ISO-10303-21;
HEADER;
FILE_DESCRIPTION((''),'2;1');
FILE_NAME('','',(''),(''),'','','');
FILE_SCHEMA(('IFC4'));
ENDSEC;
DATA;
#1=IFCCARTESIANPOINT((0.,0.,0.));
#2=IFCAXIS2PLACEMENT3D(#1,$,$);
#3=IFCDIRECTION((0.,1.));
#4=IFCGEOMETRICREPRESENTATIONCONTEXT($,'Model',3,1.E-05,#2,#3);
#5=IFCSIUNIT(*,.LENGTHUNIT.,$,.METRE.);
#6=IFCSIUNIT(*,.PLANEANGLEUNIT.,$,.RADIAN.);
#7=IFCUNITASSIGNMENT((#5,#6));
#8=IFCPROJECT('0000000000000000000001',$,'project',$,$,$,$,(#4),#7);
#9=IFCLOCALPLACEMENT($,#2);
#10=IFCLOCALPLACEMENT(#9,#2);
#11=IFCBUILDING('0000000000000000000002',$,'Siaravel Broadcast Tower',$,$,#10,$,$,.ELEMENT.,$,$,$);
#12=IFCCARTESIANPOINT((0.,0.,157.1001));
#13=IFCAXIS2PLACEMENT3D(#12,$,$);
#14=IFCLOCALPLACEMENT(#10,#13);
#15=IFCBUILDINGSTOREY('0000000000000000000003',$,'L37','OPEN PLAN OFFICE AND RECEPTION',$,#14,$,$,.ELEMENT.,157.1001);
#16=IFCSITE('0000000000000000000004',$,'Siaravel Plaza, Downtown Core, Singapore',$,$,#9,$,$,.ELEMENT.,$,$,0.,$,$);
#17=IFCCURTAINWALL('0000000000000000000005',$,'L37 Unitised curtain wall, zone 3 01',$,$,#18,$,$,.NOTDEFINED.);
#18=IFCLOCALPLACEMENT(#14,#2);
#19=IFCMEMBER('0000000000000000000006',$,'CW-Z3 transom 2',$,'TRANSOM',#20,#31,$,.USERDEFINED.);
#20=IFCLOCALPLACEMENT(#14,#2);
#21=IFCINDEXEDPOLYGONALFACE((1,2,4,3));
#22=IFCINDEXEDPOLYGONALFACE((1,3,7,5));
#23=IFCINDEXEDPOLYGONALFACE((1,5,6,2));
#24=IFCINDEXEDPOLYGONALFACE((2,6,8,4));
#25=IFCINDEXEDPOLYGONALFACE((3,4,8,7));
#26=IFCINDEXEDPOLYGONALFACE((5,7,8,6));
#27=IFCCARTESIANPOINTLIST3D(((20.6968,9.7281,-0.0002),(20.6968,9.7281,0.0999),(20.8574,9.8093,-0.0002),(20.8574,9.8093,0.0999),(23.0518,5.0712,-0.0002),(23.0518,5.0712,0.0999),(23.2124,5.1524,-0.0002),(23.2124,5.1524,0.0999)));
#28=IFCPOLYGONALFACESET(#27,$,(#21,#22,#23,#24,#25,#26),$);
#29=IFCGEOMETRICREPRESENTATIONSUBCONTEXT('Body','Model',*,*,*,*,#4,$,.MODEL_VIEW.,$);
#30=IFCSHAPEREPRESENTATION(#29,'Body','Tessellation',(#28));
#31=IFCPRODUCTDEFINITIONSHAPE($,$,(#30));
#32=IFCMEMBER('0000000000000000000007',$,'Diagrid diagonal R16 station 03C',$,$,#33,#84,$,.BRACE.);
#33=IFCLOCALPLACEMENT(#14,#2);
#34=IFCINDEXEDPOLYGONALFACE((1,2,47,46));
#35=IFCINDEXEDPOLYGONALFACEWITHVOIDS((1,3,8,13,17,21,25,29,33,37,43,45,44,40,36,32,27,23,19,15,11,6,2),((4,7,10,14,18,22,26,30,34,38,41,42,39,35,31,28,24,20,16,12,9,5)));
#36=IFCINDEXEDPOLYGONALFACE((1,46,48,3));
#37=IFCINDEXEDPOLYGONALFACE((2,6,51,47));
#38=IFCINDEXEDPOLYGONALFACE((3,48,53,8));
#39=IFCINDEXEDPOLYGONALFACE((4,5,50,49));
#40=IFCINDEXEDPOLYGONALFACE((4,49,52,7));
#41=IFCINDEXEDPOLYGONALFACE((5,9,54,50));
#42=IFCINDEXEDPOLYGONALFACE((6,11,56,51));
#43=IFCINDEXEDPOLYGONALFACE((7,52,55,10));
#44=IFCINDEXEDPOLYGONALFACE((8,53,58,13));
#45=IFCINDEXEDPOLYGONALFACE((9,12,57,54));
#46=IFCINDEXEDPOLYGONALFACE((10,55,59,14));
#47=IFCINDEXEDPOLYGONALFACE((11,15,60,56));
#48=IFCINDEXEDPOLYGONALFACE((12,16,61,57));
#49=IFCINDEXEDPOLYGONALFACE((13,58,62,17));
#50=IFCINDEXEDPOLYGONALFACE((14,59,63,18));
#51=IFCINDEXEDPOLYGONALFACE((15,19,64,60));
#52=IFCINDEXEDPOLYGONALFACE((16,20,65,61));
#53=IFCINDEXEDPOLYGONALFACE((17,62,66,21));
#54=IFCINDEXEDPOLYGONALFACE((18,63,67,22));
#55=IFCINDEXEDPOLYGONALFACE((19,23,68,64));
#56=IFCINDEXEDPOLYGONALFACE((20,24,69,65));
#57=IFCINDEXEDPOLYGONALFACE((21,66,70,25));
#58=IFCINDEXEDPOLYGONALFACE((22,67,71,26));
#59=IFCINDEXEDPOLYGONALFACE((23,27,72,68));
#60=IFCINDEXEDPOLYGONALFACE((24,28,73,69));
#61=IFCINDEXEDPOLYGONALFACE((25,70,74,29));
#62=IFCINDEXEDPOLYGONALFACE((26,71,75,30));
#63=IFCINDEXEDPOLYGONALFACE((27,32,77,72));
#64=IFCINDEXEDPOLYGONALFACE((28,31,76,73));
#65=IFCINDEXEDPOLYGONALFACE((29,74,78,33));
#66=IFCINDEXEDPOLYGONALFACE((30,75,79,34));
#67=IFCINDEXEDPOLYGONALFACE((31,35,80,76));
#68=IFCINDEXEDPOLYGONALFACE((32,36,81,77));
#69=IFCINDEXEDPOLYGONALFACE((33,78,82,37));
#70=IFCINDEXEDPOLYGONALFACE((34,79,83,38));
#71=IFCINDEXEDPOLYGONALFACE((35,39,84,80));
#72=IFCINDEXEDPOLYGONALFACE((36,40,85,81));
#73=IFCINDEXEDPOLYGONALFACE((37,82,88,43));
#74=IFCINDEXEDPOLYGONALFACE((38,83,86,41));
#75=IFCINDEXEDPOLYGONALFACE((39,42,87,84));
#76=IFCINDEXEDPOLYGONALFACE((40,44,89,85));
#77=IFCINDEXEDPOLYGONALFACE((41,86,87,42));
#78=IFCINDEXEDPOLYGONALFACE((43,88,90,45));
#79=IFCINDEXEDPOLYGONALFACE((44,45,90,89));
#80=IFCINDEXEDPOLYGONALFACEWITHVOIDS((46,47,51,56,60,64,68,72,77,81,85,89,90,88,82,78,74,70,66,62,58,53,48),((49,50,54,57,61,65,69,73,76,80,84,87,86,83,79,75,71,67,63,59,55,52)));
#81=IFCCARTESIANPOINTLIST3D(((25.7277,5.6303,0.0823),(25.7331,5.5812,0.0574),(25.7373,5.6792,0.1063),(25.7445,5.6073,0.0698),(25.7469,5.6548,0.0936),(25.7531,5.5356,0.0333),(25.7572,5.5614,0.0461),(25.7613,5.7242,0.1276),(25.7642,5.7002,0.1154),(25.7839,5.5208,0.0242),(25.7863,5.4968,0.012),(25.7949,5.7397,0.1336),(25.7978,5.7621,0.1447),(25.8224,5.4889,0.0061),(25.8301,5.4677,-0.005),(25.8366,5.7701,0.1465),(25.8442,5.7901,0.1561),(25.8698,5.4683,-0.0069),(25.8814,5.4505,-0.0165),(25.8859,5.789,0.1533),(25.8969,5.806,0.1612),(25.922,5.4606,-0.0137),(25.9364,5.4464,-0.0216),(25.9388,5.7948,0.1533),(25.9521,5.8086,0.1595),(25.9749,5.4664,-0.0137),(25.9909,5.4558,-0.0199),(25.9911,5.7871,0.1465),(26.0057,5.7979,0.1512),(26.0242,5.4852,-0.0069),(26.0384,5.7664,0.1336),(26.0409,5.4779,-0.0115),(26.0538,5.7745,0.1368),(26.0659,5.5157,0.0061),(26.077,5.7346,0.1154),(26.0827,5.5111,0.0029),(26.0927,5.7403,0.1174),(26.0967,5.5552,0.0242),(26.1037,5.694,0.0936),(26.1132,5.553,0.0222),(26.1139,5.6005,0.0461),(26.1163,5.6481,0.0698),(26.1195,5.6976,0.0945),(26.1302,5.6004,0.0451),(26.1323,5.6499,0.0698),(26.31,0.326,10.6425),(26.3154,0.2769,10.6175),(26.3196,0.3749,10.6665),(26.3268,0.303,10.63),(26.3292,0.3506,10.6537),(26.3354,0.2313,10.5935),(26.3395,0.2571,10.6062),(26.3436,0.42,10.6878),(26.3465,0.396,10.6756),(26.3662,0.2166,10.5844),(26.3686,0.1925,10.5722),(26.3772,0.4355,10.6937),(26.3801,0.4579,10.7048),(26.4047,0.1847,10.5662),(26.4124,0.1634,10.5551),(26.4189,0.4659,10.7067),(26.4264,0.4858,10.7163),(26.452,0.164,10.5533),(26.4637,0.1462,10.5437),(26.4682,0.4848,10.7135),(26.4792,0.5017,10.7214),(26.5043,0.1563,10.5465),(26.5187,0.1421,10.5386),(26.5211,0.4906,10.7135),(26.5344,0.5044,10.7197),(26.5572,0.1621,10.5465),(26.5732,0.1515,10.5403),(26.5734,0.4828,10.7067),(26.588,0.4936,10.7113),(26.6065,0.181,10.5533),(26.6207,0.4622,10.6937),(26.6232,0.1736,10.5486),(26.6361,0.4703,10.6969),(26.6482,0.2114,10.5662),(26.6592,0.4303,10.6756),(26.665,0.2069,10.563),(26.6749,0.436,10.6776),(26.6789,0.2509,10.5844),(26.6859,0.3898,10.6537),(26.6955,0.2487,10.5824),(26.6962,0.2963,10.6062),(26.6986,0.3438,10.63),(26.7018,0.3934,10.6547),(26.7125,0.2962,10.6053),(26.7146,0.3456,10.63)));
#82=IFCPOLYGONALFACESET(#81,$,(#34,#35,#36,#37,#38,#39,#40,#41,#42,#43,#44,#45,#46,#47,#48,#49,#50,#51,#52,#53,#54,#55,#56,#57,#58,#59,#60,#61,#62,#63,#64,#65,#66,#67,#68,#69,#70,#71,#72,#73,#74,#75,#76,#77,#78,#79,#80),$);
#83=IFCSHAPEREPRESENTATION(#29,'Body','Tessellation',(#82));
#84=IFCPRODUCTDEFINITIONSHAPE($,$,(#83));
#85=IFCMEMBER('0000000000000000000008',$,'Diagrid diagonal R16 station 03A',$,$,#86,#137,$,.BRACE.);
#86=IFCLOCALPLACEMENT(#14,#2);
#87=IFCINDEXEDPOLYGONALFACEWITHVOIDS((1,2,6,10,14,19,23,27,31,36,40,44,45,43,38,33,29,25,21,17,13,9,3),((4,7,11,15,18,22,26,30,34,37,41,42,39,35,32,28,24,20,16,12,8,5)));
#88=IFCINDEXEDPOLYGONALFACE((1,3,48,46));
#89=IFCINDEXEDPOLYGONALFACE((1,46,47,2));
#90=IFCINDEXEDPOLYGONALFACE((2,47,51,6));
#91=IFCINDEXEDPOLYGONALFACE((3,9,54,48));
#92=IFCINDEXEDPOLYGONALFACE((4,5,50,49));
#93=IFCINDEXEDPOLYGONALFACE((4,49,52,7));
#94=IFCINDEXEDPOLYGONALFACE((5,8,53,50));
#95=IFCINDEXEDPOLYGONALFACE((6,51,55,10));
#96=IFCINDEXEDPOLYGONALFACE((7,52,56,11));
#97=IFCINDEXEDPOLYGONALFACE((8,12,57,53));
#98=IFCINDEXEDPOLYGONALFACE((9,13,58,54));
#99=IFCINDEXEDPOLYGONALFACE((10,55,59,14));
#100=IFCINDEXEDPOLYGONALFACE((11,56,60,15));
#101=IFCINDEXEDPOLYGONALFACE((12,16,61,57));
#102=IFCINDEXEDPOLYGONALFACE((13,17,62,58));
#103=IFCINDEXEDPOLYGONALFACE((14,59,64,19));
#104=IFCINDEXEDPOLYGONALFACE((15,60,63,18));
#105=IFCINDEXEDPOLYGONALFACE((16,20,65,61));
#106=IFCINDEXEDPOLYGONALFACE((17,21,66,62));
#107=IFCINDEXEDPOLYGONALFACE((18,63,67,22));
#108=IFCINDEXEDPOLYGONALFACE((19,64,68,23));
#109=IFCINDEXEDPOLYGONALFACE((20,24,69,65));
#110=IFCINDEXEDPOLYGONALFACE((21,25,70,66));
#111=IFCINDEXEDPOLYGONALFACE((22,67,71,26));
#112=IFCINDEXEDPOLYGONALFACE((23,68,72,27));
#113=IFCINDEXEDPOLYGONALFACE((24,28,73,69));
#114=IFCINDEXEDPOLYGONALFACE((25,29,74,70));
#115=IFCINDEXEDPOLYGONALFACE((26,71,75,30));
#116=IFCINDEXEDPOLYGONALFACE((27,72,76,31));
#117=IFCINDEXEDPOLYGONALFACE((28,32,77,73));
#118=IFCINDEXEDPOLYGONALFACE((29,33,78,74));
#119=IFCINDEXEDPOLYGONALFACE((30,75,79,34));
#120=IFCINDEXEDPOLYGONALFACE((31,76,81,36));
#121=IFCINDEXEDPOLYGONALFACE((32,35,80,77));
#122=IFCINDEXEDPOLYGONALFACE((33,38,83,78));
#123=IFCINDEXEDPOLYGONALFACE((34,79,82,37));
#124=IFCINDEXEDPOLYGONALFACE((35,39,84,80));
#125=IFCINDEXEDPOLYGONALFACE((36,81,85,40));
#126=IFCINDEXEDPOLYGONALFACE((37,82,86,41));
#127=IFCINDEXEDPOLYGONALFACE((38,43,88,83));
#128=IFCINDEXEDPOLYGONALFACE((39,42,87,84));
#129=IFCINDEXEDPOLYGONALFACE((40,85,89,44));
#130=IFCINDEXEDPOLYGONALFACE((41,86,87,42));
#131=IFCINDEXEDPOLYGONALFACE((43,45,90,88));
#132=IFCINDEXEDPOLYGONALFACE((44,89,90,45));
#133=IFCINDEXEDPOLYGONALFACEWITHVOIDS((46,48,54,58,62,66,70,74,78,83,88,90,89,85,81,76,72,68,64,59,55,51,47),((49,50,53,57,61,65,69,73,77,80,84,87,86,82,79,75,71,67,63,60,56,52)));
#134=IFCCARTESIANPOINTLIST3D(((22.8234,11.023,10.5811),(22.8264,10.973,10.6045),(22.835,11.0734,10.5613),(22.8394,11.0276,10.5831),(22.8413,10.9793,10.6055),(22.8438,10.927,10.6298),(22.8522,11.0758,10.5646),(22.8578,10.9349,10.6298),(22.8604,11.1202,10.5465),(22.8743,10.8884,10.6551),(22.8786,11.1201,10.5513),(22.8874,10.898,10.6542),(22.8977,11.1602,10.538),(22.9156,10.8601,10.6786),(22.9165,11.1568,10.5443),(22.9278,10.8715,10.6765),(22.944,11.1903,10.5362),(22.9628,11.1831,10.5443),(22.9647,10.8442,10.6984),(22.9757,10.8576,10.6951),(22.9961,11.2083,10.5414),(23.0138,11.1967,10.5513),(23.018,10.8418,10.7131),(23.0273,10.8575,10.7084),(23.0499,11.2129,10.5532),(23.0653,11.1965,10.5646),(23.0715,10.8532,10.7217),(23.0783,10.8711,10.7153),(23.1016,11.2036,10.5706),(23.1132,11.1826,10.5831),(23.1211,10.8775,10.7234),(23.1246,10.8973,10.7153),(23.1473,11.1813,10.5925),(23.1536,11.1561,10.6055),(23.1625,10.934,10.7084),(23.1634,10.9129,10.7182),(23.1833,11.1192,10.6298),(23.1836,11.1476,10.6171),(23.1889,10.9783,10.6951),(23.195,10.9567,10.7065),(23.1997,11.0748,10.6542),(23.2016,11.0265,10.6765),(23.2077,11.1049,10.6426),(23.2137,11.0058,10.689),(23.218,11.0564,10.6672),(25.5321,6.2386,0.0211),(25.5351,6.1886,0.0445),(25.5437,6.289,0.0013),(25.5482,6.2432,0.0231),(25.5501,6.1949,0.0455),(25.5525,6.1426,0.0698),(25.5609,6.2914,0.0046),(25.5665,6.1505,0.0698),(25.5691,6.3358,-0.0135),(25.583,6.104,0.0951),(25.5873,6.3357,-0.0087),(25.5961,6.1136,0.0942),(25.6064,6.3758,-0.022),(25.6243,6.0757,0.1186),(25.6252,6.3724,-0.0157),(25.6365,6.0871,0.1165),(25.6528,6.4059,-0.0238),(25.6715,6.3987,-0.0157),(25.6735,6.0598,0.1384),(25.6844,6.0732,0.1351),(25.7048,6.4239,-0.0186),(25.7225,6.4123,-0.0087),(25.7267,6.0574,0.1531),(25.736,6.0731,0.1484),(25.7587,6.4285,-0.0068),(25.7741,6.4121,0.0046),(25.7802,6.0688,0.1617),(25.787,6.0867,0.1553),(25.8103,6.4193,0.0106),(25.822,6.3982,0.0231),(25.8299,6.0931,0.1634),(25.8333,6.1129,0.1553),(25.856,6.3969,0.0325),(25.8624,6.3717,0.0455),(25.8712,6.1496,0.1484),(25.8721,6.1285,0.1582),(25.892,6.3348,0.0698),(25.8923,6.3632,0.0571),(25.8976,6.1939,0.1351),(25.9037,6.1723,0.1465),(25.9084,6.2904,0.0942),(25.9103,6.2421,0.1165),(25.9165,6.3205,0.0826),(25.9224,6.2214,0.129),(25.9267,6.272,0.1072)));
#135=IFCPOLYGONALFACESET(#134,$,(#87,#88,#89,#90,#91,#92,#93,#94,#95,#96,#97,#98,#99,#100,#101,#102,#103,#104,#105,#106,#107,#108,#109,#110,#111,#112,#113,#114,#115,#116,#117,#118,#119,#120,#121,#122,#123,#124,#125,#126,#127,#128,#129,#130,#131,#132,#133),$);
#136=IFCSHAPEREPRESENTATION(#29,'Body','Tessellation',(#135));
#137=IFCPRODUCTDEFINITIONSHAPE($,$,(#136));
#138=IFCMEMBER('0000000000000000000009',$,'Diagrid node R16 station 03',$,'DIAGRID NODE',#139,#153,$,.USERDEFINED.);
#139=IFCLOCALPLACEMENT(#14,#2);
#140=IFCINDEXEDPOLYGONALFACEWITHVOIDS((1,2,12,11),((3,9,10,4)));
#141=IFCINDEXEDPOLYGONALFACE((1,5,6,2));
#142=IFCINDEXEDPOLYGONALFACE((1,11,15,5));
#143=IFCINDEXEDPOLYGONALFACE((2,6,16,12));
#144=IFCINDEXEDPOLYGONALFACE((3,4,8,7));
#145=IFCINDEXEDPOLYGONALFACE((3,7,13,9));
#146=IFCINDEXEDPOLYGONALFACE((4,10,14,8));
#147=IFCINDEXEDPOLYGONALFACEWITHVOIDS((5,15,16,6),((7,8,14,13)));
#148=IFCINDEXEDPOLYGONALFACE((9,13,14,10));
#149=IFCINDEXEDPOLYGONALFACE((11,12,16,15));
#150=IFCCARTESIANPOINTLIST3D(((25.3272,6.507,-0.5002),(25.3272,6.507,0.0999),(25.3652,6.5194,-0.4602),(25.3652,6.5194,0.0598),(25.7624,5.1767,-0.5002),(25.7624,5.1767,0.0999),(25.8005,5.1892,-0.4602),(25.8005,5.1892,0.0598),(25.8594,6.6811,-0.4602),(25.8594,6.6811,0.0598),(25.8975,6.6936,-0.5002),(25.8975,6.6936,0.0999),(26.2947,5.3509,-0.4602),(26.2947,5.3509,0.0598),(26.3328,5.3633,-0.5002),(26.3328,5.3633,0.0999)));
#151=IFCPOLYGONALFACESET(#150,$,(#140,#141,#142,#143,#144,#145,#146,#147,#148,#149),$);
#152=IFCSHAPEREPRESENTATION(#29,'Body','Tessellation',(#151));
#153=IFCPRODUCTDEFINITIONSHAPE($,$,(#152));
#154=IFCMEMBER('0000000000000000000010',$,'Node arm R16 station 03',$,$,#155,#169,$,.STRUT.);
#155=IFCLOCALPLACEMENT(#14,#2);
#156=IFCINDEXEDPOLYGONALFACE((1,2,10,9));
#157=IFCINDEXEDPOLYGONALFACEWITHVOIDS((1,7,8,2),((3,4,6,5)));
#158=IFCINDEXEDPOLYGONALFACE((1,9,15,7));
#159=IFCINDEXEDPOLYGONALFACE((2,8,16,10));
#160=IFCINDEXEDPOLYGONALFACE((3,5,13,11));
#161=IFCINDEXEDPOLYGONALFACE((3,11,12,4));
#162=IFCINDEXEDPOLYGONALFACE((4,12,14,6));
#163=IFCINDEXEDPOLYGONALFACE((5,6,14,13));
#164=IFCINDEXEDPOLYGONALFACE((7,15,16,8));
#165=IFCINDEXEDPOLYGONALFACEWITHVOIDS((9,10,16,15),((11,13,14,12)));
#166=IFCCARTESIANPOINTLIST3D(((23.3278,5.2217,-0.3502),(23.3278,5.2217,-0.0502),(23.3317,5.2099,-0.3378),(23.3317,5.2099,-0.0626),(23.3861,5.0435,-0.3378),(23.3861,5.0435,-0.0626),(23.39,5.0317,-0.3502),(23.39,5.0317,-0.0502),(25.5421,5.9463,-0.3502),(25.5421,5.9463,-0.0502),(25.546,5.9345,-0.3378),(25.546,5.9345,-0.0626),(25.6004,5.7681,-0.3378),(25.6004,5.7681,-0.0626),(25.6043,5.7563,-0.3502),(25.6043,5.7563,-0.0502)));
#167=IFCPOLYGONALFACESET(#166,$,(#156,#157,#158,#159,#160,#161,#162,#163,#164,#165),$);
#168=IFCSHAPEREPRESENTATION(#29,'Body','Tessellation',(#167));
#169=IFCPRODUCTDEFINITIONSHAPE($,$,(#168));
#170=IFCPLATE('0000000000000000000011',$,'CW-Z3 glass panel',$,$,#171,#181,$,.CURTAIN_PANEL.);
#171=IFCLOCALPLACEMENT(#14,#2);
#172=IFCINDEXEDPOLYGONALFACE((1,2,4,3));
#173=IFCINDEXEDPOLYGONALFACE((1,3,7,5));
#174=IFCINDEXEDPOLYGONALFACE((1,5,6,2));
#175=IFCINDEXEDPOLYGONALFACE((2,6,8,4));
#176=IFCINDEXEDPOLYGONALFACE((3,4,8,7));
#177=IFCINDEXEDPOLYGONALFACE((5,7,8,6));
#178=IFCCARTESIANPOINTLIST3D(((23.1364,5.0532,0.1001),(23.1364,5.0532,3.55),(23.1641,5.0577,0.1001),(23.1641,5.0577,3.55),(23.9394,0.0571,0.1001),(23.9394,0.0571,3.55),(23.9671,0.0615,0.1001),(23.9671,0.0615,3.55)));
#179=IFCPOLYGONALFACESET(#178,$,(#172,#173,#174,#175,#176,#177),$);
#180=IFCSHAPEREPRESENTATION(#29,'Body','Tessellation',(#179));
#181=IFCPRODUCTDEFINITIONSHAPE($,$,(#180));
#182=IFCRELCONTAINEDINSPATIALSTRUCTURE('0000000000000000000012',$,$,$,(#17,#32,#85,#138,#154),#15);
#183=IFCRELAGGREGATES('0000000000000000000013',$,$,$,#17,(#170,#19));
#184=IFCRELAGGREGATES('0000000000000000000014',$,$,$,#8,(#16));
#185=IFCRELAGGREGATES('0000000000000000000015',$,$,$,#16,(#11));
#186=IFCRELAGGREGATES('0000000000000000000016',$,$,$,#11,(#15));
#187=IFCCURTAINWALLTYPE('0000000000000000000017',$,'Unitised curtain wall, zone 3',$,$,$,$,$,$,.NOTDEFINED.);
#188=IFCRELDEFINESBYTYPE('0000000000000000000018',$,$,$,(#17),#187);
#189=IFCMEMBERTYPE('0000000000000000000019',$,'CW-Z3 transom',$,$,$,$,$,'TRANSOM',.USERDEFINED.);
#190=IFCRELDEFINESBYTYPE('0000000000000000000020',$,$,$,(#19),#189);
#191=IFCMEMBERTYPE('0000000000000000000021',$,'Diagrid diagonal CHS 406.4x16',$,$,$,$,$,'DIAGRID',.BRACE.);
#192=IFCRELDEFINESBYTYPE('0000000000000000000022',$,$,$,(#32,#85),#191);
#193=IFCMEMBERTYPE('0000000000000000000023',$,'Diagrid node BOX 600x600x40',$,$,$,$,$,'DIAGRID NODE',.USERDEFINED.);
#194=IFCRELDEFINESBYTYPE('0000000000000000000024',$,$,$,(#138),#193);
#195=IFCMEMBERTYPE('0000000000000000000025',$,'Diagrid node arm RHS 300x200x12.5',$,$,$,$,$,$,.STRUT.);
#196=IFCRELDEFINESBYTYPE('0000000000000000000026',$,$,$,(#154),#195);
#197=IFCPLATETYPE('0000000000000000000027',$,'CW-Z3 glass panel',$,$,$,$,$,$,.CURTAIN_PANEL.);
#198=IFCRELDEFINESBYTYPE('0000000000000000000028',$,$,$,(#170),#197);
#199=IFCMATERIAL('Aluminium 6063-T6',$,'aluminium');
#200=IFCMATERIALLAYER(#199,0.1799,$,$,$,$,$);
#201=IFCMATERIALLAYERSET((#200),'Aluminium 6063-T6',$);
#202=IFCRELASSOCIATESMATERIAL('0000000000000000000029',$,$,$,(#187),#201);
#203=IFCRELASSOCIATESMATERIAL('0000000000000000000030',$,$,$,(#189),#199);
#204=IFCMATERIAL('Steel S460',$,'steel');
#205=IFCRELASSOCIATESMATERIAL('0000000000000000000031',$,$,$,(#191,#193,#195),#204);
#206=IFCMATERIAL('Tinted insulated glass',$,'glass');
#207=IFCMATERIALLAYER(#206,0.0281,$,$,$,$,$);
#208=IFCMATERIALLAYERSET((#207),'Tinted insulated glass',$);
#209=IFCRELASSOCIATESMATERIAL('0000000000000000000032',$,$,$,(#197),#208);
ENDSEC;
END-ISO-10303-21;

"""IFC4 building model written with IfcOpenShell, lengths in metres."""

from ifc_helpers import new_model, si_unit, direction, frame, origin, origin_2d, place, context, subcontext, project, spatial, rectangle, hollow_rectangle, hollow_circle, extrude, material, layer, layer_set, material_profile, profile_set, type_object, element, aggregate, save


model = new_model("IFC4")

# Units and contexts
model_context = context("Model", 3, precision=1e-05, world=origin(), true_north=direction((0.0, 1.0)))
body_context = subcontext(model_context, "Body", "Model", "MODEL_VIEW")
ifc_project = project(units=[si_unit("LENGTHUNIT", "METRE"), si_unit("PLANEANGLEUNIT", "RADIAN")], contexts=[model_context])

# Site, building, storey
site_placement = place(None, origin())
site = spatial("IfcSite", under=ifc_project, at=site_placement, Name="Siaravel Plaza, Downtown Core, Singapore", CompositionType="ELEMENT", RefElevation=0.0)
building_placement = place(site_placement, origin())
building = spatial("IfcBuilding", under=site, at=building_placement, Name="Siaravel Broadcast Tower", CompositionType="ELEMENT")
storey_placement = place(building_placement, frame((0.0, 0.0, 157.1001)))
storey = spatial("IfcBuildingStorey", under=building, at=storey_placement, Name="L37", Description="OPEN PLAN OFFICE AND RECEPTION", CompositionType="ELEMENT", Elevation=157.1001)

# Curtain wall, member
ifc_material_1 = material(Name="Aluminium 6063-T6", Category="aluminium")
ifc_layer_1 = layer(ifc_material_1, 0.1799)
ifc_layer_set_1 = layer_set([ifc_layer_1], Name="Aluminium 6063-T6")
curtain_wall_type = type_object("IfcCurtainWallType", Name="Unitised curtain wall, zone 3", PredefinedType="NOTDEFINED", material=ifc_layer_set_1)
curtain_wall_placement = place(storey_placement, origin())
curtain_wall = element("IfcCurtainWall", 1, at=curtain_wall_placement, inside=storey, type_object=curtain_wall_type, Name="L37 Unitised curtain wall, zone 3 01", PredefinedType="NOTDEFINED")
ifc_material_profile_1 = material_profile(ifc_material_1, rectangle(XDim=0.1799, YDim=0.1001, at=origin_2d()))
ifc_profile_set_1 = profile_set([ifc_material_profile_1], Name="Aluminium 6063-T6")
member_type_1 = type_object("IfcMemberType", Name="CW-Z3 transom", ElementType="TRANSOM", PredefinedType="USERDEFINED", material=ifc_profile_set_1)
member_1_placement = place(storey_placement, frame((23.1321, 5.1118, 0.0498), z_axis=(-0.45127, 0.892388, 0.0), x_axis=(-0.892388, -0.45127, 0.0)))
member_1 = element("IfcMember", 2, at=member_1_placement, type_object=member_type_1, Name="CW-Z3 transom 2", ObjectType="TRANSOM", PredefinedType="USERDEFINED", context=body_context, shape_type="SweptSolid", body=[
    extrude(rectangle(XDim=0.1799, YDim=0.1001, at=origin_2d()), origin(), (0.0, 0.0, 1.0), 5.2185),
])

# Members
ifc_material_2 = material(Name="Steel S460", Category="steel")
ifc_material_profile_2 = material_profile(ifc_material_2, hollow_circle(Radius=0.2031, WallThickness=0.0161, at=origin_2d()))
ifc_profile_set_2 = profile_set([ifc_material_profile_2], Name="Steel S460")
member_type_2 = type_object("IfcMemberType", Name="Diagrid diagonal CHS 406.4x16", ElementType="DIAGRID", PredefinedType="BRACE", material=ifc_profile_set_2)
member_2_placement = place(storey_placement, frame((25.9304, 5.6277, 0.0698), z_axis=(0.049213, -0.448305, 0.892525), x_axis=(0.994028, 0.109121, 0.0)))
element("IfcMember", 3, at=member_2_placement, inside=storey, type_object=member_type_2, Name="Diagrid diagonal R16 station 03C", PredefinedType="BRACE", context=body_context, shape_type="SweptSolid", body=[
    extrude(hollow_circle(Radius=0.2031, WallThickness=0.0161, at=origin_2d()), origin(), (0.0, 0.0, 1.0), 11.8318),
])
member_3_placement = place(storey_placement, frame((25.7292, 6.2427, 0.0698), z_axis=(-0.227519, 0.401864, 0.886984), x_axis=(-0.870212, -0.492678, 0.0)))
element("IfcMember", 4, at=member_3_placement, inside=storey, type_object=member_type_2, Name="Diagrid diagonal R16 station 03A", PredefinedType="BRACE", context=body_context, shape_type="SweptSolid", body=[
    extrude(hollow_circle(Radius=0.2031, WallThickness=0.0161, at=origin_2d()), origin(), (0.0, 0.0, 1.0), 11.9055),
])
ifc_material_profile_3 = material_profile(ifc_material_2, hollow_rectangle(XDim=0.6001, YDim=0.6001, WallThickness=0.04, at=origin_2d()))
ifc_profile_set_3 = profile_set([ifc_material_profile_3], Name="Steel S460")
member_type_3 = type_object("IfcMemberType", Name="Diagrid node BOX 600x600x40", ElementType="DIAGRID NODE", PredefinedType="USERDEFINED", material=ifc_profile_set_3)
member_4_placement = place(storey_placement, frame((26.0476, 5.27, -0.2002), z_axis=(-0.31099, 0.950413, 0.0), x_axis=(-0.950413, -0.31099, 0.0)))
element("IfcMember", 5, at=member_4_placement, inside=storey, type_object=member_type_3, Name="Diagrid node R16 station 03", ObjectType="DIAGRID NODE", PredefinedType="USERDEFINED", context=body_context, shape_type="SweptSolid", body=[
    extrude(hollow_rectangle(XDim=0.6001, YDim=0.6001, WallThickness=0.04, at=origin_2d()), origin(), (0.0, 0.0, 1.0), 1.3997),
])
ifc_material_profile_4 = material_profile(ifc_material_2, hollow_rectangle(XDim=0.2, YDim=0.3, WallThickness=0.0125, at=origin_2d()))
ifc_profile_set_4 = profile_set([ifc_material_profile_4], Name="Steel S460")
member_type_4 = type_object("IfcMemberType", Name="Diagrid node arm RHS 300x200x12.5", PredefinedType="STRUT", material=ifc_profile_set_4)
member_5_placement = place(storey_placement, frame((23.3589, 5.1267, -0.2002), z_axis=(0.950408, 0.311005, 0.0), x_axis=(-0.311005, 0.950408, 0.0)))
element("IfcMember", 6, at=member_5_placement, inside=storey, type_object=member_type_4, Name="Node arm R16 station 03", PredefinedType="STRUT", context=body_context, shape_type="SweptSolid", body=[
    extrude(hollow_rectangle(XDim=0.2, YDim=0.3, WallThickness=0.0125, at=origin_2d()), origin(), (0.0, 0.0, 1.0), 2.3298),
])

# Plate
ifc_material_3 = material(Name="Tinted insulated glass", Category="glass")
ifc_layer_2 = layer(ifc_material_3, 0.0281)
ifc_layer_set_2 = layer_set([ifc_layer_2], Name="Tinted insulated glass")
plate_type = type_object("IfcPlateType", Name="CW-Z3 glass panel", PredefinedType="CURTAIN_PANEL", material=ifc_layer_set_2)
plate_1_placement = place(storey_placement, frame((23.5518, 2.5574, 0.1001), z_axis=(0.0, 0.0, 1.0), x_axis=(-0.158685, 0.987329, 0.0)))
plate_1 = element("IfcPlate", 7, at=plate_1_placement, type_object=plate_type, Name="CW-Z3 glass panel", PredefinedType="CURTAIN_PANEL", context=body_context, shape_type="SweptSolid", body=[
    extrude(rectangle(XDim=5.0603, YDim=0.0281, at=origin_2d()), origin(), (0.0, 0.0, 1.0), 3.45),
])
aggregate(curtain_wall, [plate_1, member_1])

save(model, "model.ifc")
